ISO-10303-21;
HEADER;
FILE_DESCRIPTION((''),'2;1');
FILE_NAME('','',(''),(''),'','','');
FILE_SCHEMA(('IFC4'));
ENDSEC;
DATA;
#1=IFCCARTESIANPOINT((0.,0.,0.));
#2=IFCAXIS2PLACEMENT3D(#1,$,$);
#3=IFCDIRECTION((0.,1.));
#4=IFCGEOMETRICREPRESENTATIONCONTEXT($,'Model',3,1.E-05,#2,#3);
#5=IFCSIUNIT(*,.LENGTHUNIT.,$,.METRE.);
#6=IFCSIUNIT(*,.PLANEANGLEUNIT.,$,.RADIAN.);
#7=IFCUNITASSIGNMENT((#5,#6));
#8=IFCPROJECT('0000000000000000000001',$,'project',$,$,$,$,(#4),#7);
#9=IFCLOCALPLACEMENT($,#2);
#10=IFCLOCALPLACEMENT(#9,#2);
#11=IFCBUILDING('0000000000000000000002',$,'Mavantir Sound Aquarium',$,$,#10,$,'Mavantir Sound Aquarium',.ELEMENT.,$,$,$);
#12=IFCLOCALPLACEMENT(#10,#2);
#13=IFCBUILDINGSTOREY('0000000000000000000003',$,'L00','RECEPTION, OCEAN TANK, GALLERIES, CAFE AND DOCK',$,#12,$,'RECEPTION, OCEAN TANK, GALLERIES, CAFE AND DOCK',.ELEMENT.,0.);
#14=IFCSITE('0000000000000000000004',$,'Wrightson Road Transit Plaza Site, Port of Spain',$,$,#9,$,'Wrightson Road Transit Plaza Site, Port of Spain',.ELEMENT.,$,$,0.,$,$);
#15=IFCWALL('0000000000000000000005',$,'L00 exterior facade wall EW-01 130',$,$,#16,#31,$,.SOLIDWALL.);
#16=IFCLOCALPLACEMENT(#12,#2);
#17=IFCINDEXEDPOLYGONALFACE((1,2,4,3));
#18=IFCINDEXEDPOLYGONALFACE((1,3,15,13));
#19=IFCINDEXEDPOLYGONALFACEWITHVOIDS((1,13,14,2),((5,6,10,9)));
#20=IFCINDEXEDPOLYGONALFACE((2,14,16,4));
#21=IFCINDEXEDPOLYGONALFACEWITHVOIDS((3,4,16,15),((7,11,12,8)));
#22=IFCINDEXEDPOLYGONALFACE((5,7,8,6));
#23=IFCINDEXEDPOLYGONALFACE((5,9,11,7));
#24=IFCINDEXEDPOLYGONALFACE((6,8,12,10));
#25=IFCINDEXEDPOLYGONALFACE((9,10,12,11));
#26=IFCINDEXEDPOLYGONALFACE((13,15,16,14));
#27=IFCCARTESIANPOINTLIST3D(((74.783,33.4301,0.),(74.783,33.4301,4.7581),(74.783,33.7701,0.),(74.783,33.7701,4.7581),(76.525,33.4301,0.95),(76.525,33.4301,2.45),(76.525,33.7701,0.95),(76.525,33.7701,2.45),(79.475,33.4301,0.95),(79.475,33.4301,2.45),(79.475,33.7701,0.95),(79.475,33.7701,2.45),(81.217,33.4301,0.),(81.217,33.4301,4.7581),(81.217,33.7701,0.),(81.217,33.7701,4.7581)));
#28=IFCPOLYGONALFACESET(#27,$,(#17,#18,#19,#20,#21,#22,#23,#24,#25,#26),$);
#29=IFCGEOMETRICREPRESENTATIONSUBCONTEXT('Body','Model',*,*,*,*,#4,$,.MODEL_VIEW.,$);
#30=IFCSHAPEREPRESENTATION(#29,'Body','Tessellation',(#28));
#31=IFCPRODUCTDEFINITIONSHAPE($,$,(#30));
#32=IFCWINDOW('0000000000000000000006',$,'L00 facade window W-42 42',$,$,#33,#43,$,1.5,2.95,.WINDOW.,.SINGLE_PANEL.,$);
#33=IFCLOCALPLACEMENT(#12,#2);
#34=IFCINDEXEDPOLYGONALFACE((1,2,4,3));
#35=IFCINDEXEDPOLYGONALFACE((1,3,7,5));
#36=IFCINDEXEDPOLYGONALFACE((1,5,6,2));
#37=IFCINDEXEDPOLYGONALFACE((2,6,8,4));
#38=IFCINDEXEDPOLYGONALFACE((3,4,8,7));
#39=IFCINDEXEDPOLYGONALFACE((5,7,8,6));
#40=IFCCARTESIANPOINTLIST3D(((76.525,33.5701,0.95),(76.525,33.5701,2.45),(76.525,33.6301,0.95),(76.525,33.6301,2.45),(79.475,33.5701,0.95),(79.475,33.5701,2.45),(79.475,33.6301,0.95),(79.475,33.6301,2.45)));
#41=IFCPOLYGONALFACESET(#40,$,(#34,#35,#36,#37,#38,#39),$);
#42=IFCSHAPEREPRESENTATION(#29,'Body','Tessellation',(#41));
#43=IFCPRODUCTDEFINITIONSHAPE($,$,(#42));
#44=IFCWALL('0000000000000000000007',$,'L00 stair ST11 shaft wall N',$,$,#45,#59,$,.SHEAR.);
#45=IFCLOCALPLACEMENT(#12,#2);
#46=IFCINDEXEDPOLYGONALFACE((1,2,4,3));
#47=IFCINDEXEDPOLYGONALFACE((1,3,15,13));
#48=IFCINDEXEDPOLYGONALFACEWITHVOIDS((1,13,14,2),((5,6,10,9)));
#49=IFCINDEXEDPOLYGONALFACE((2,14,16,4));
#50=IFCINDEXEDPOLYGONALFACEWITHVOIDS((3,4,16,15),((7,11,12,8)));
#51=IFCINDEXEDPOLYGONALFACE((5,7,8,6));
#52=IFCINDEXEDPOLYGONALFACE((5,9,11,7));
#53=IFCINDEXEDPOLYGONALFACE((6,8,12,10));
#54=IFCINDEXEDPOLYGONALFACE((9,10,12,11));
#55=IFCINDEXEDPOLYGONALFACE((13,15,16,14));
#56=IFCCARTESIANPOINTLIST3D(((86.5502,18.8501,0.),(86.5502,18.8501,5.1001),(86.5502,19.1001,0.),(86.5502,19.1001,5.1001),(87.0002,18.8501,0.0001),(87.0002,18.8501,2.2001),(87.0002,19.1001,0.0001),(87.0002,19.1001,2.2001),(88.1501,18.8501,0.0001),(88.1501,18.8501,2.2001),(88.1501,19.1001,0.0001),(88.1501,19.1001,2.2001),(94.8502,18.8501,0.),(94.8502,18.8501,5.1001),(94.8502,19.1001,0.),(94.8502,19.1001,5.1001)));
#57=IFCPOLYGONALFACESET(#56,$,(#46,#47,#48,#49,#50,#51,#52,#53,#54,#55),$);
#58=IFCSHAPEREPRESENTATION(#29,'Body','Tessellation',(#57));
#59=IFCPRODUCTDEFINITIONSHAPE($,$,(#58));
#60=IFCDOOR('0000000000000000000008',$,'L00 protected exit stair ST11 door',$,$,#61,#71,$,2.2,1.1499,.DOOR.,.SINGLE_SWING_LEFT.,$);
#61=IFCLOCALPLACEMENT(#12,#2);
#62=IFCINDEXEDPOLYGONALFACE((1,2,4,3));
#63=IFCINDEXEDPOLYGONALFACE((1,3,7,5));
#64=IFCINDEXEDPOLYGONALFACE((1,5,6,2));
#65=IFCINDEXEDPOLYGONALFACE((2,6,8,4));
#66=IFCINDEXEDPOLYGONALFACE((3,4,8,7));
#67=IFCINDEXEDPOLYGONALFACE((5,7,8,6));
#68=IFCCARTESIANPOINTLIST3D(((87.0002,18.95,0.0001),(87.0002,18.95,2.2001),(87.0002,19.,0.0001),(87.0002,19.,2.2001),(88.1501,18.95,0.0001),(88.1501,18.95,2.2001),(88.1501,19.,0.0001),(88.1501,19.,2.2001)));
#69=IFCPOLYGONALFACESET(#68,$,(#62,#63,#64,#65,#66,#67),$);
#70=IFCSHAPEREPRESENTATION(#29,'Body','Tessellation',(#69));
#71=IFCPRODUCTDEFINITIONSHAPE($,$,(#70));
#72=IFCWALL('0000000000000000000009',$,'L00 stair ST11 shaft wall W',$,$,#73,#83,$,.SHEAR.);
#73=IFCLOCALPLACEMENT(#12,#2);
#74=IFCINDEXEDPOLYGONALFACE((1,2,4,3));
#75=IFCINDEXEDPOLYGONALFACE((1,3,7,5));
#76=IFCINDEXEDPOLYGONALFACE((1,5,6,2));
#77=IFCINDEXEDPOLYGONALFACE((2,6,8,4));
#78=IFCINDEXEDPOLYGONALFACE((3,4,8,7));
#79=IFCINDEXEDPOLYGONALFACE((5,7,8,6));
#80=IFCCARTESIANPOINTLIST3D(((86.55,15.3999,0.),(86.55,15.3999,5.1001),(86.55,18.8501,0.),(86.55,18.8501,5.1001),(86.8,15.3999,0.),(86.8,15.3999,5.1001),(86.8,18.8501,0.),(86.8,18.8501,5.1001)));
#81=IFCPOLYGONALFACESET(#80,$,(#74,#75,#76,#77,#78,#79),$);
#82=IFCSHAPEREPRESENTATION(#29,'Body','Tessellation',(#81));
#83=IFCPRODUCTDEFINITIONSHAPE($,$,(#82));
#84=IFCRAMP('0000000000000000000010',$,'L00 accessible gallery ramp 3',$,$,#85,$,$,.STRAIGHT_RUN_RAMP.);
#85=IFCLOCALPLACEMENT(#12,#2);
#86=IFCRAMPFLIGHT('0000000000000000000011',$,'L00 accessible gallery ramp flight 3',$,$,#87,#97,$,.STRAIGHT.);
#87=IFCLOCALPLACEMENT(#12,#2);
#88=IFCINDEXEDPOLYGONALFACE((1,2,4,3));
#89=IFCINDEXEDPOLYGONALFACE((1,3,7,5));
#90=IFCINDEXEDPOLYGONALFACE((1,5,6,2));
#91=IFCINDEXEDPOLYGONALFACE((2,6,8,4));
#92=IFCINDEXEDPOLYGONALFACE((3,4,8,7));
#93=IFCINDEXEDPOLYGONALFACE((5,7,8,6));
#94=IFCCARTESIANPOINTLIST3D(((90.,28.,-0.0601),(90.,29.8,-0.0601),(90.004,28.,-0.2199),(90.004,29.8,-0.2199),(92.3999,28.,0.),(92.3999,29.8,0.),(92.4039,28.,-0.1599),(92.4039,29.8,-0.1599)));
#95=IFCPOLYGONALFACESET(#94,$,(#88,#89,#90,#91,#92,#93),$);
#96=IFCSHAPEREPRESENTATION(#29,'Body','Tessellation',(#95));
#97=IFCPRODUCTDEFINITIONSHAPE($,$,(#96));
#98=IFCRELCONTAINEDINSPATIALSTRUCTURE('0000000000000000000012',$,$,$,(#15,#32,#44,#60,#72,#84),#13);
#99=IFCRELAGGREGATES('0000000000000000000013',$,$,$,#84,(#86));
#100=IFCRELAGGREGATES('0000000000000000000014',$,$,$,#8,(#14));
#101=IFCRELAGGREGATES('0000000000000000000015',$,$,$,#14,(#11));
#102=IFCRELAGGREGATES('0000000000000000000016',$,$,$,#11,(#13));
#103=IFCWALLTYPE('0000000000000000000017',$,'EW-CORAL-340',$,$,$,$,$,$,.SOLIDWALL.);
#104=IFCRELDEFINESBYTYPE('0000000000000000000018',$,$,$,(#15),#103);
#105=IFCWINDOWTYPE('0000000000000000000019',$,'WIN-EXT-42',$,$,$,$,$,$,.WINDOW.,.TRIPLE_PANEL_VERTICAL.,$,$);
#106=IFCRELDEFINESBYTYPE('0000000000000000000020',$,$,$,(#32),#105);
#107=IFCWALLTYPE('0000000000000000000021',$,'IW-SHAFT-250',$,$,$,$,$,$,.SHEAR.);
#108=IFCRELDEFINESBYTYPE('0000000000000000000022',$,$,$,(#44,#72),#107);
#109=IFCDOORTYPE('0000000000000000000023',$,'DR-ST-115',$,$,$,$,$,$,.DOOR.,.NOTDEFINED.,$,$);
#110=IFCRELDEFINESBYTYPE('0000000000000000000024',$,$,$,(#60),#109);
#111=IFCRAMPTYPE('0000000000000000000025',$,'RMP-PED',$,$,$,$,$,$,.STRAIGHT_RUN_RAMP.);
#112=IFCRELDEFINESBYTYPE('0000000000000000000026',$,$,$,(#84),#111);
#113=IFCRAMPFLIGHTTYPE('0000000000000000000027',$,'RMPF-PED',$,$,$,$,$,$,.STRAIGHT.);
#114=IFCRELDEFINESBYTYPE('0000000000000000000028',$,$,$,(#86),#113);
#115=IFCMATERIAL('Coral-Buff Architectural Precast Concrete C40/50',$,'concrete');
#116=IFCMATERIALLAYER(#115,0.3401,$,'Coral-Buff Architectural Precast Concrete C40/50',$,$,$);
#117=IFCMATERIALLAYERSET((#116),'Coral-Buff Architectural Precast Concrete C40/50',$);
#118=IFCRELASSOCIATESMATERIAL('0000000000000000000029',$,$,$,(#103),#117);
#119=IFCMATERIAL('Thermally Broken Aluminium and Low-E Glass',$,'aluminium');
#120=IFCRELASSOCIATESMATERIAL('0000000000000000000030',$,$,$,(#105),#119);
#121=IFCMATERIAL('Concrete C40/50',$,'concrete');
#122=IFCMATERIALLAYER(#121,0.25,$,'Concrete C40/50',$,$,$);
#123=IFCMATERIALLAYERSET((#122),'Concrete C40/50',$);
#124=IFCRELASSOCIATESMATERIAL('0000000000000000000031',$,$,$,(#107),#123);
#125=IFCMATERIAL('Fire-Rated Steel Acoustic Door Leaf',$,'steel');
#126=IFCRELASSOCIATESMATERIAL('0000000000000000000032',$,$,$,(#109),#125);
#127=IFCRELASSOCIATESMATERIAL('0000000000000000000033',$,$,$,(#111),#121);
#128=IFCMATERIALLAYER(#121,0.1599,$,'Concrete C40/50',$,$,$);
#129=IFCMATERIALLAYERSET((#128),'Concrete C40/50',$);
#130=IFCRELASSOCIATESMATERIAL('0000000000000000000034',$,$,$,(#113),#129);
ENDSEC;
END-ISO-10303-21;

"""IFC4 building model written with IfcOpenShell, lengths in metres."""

from ifc_helpers import new_model, si_unit, direction, frame, frame_2d, origin, place, context, subcontext, project, spatial, polyline, rectangle, outline, extrude, material, layer, layer_set, type_object, element, fill, aggregate, save


model = new_model("IFC4")

# Units and contexts
model_context = context("Model", 3, precision=1e-05, world=origin(), true_north=direction((0.0, 1.0)))
body_context = subcontext(model_context, "Body", "Model", "MODEL_VIEW")
ifc_project = project(units=[si_unit("LENGTHUNIT", "METRE"), si_unit("PLANEANGLEUNIT", "RADIAN")], contexts=[model_context])

# Site, building, storey
site_placement = place(None, origin())
site = spatial("IfcSite", under=ifc_project, at=site_placement, Name="Wrightson Road Transit Plaza Site, Port of Spain", LongName="Wrightson Road Transit Plaza Site, Port of Spain", CompositionType="ELEMENT", RefElevation=0.0)
building_placement = place(site_placement, origin())
building = spatial("IfcBuilding", under=site, at=building_placement, Name="Mavantir Sound Aquarium", LongName="Mavantir Sound Aquarium", CompositionType="ELEMENT")
storey_placement = place(building_placement, origin())
storey = spatial("IfcBuildingStorey", under=building, at=storey_placement, Name="L00", Description="RECEPTION, OCEAN TANK, GALLERIES, CAFE AND DOCK", LongName="RECEPTION, OCEAN TANK, GALLERIES, CAFE AND DOCK", CompositionType="ELEMENT", Elevation=0.0)

# Shared definitions
ifc_material_1 = material(Name="Concrete C40/50", Category="concrete")

# Wall, opening, window
ifc_material_2 = material(Name="Coral-Buff Architectural Precast Concrete C40/50", Category="concrete")
ifc_layer_1 = layer(ifc_material_2, 0.3401, Name="Coral-Buff Architectural Precast Concrete C40/50")
ifc_layer_set_1 = layer_set([ifc_layer_1], Name="Coral-Buff Architectural Precast Concrete C40/50")
wall_type_1 = type_object("IfcWallType", Name="EW-CORAL-340", PredefinedType="SOLIDWALL", material=ifc_layer_set_1)
ifc_material_3 = material(Name="Thermally Broken Aluminium and Low-E Glass", Category="aluminium")
wall_1_placement = place(storey_placement, frame((81.217, 33.6001, 0.0), z_axis=(0.0, 0.0, 1.0), x_axis=(-1.0, 0.0, 0.0)))
wall_1 = element("IfcWall", 1, at=wall_1_placement, inside=storey, type_object=wall_type_1, Name="L00 exterior facade wall EW-01 130", PredefinedType="SOLIDWALL", context=body_context, shape_type="SweptSolid", body=[
    extrude(rectangle(XDim=6.4341, YDim=0.3401, at=frame_2d((3.217, 0.0))), origin(), (0.0, 0.0, 1.0), 4.7581),
])
opening_1_placement = place(wall_1_placement, frame((1.7419, 0.0, 0.95)))
opening_1 = element("IfcOpeningElement", 2, at=opening_1_placement, cuts=wall_1, PredefinedType="OPENING", context=body_context, shape_type="SweptSolid", body=[
    extrude(rectangle(XDim=2.95, YDim=1.5, at=frame_2d((1.4751, 0.75))), frame((0.0, 0.1802, 0.0), z_axis=(0.0, -1.0, 0.0), x_axis=(1.0, 0.0, 0.0)), (0.0, 0.0, 1.0), 0.3601),
])
window_type_1 = type_object("IfcWindowType", Name="WIN-EXT-42", PartitioningType="TRIPLE_PANEL_VERTICAL", PredefinedType="WINDOW", material=ifc_material_3)
window_1_placement = place(opening_1_placement, origin())
window_1 = element("IfcWindow", 3, at=window_1_placement, inside=storey, type_object=window_type_1, Name="L00 facade window W-42 42", OverallHeight=1.5, OverallWidth=2.95, PartitioningType="SINGLE_PANEL", PredefinedType="WINDOW", context=body_context, shape_type="SweptSolid", body=[
    extrude(rectangle(XDim=2.95, YDim=1.5, at=frame_2d((1.4751, 0.75))), frame((0.0, 0.03, 0.0), z_axis=(0.0, -1.0, 0.0), x_axis=(1.0, 0.0, 0.0)), (0.0, 0.0, 1.0), 0.0601),
])
fill(opening_1, window_1)

# Wall, opening, door
ifc_layer_2 = layer(ifc_material_1, 0.25, Name="Concrete C40/50")
ifc_layer_set_2 = layer_set([ifc_layer_2], Name="Concrete C40/50")
wall_type_2 = type_object("IfcWallType", Name="IW-SHAFT-250", PredefinedType="SHEAR", material=ifc_layer_set_2)
wall_2_placement = place(storey_placement, frame((94.8501, 18.9751, 0.0), z_axis=(0.0, 0.0, 1.0), x_axis=(-1.0, 0.0, 0.0)))
wall_2 = element("IfcWall", 4, at=wall_2_placement, inside=storey, type_object=wall_type_2, Name="L00 stair ST11 shaft wall N", PredefinedType="SHEAR", context=body_context, shape_type="SweptSolid", body=[
    extrude(rectangle(XDim=8.3, YDim=0.25, at=frame_2d((4.1499, 0.0))), origin(), (0.0, 0.0, 1.0), 5.1001),
])
opening_2_placement = place(wall_2_placement, frame((7.8499, 0.0, 0.0), z_axis=(0.0, 0.0, 1.0), x_axis=(-1.0, 0.0, 0.0)))
opening_2 = element("IfcOpeningElement", 5, at=opening_2_placement, cuts=wall_2, PredefinedType="OPENING", context=body_context, shape_type="SweptSolid", body=[
    extrude(rectangle(XDim=1.1499, YDim=2.2, at=frame_2d((0.575, 1.1001))), frame((0.0, 0.135, 0.0), z_axis=(0.0, -1.0, 0.0), x_axis=(1.0, 0.0, 0.0)), (0.0, 0.0, 1.0), 0.27),
])
ifc_material_4 = material(Name="Fire-Rated Steel Acoustic Door Leaf", Category="steel")
door_type = type_object("IfcDoorType", Name="DR-ST-115", OperationType="NOTDEFINED", PredefinedType="DOOR", material=ifc_material_4)
door_placement = place(opening_2_placement, origin())
door = element("IfcDoor", 6, at=door_placement, inside=storey, type_object=door_type, Name="L00 protected exit stair ST11 door", OperationType="SINGLE_SWING_LEFT", OverallHeight=2.2, OverallWidth=1.1499, PredefinedType="DOOR", context=body_context, shape_type="SweptSolid", body=[
    extrude(rectangle(XDim=1.1499, YDim=2.2, at=frame_2d((0.575, 1.1001))), frame((0.0, 0.0249, 0.0), z_axis=(0.0, -1.0, 0.0), x_axis=(1.0, 0.0, 0.0)), (0.0, 0.0, 1.0), 0.05),
])
fill(opening_2, door)

# Wall
wall_3_placement = place(storey_placement, frame((86.675, 18.8501, 0.0), z_axis=(0.0, 0.0, 1.0), x_axis=(0.0, -1.0, 0.0)))
element("IfcWall", 7, at=wall_3_placement, inside=storey, type_object=wall_type_2, Name="L00 stair ST11 shaft wall W", PredefinedType="SHEAR", context=body_context, shape_type="SweptSolid", body=[
    extrude(rectangle(XDim=3.4502, YDim=0.25, at=frame_2d((1.7251, 0.0))), origin(), (0.0, 0.0, 1.0), 5.1001),
])

# Ramp, ramp flight
ramp_type = type_object("IfcRampType", Name="RMP-PED", PredefinedType="STRAIGHT_RUN_RAMP", material=ifc_material_1)
ramp_placement = place(storey_placement, origin())
ramp = element("IfcRamp", 8, at=ramp_placement, inside=storey, type_object=ramp_type, Name="L00 accessible gallery ramp 3", PredefinedType="STRAIGHT_RUN_RAMP")
ifc_layer_3 = layer(ifc_material_1, 0.1599, Name="Concrete C40/50")
ifc_layer_set_3 = layer_set([ifc_layer_3], Name="Concrete C40/50")
ramp_flight_type = type_object("IfcRampFlightType", Name="RMPF-PED", PredefinedType="STRAIGHT", material=ifc_layer_set_3)
ramp_flight_placement = place(storey_placement, frame((90.0, 28.0, -0.0601), z_axis=(-0.025018, 0.0, 0.999687), x_axis=(0.999687, 0.0, 0.025018)))
ramp_flight = element("IfcRampFlight", 9, at=ramp_flight_placement, type_object=ramp_flight_type, Name="L00 accessible gallery ramp flight 3", PredefinedType="STRAIGHT", context=body_context, shape_type="SweptSolid", body=[
    extrude(outline(polyline([(0.0, 0.0), (2.4007, 0.0), (2.4007, 1.8), (0.0, 1.8), (0.0, 0.0)])), origin(), (0.0, 0.0, -1.0), 0.1599),
])
aggregate(ramp, [ramp_flight])

save(model, "model.ifc")
